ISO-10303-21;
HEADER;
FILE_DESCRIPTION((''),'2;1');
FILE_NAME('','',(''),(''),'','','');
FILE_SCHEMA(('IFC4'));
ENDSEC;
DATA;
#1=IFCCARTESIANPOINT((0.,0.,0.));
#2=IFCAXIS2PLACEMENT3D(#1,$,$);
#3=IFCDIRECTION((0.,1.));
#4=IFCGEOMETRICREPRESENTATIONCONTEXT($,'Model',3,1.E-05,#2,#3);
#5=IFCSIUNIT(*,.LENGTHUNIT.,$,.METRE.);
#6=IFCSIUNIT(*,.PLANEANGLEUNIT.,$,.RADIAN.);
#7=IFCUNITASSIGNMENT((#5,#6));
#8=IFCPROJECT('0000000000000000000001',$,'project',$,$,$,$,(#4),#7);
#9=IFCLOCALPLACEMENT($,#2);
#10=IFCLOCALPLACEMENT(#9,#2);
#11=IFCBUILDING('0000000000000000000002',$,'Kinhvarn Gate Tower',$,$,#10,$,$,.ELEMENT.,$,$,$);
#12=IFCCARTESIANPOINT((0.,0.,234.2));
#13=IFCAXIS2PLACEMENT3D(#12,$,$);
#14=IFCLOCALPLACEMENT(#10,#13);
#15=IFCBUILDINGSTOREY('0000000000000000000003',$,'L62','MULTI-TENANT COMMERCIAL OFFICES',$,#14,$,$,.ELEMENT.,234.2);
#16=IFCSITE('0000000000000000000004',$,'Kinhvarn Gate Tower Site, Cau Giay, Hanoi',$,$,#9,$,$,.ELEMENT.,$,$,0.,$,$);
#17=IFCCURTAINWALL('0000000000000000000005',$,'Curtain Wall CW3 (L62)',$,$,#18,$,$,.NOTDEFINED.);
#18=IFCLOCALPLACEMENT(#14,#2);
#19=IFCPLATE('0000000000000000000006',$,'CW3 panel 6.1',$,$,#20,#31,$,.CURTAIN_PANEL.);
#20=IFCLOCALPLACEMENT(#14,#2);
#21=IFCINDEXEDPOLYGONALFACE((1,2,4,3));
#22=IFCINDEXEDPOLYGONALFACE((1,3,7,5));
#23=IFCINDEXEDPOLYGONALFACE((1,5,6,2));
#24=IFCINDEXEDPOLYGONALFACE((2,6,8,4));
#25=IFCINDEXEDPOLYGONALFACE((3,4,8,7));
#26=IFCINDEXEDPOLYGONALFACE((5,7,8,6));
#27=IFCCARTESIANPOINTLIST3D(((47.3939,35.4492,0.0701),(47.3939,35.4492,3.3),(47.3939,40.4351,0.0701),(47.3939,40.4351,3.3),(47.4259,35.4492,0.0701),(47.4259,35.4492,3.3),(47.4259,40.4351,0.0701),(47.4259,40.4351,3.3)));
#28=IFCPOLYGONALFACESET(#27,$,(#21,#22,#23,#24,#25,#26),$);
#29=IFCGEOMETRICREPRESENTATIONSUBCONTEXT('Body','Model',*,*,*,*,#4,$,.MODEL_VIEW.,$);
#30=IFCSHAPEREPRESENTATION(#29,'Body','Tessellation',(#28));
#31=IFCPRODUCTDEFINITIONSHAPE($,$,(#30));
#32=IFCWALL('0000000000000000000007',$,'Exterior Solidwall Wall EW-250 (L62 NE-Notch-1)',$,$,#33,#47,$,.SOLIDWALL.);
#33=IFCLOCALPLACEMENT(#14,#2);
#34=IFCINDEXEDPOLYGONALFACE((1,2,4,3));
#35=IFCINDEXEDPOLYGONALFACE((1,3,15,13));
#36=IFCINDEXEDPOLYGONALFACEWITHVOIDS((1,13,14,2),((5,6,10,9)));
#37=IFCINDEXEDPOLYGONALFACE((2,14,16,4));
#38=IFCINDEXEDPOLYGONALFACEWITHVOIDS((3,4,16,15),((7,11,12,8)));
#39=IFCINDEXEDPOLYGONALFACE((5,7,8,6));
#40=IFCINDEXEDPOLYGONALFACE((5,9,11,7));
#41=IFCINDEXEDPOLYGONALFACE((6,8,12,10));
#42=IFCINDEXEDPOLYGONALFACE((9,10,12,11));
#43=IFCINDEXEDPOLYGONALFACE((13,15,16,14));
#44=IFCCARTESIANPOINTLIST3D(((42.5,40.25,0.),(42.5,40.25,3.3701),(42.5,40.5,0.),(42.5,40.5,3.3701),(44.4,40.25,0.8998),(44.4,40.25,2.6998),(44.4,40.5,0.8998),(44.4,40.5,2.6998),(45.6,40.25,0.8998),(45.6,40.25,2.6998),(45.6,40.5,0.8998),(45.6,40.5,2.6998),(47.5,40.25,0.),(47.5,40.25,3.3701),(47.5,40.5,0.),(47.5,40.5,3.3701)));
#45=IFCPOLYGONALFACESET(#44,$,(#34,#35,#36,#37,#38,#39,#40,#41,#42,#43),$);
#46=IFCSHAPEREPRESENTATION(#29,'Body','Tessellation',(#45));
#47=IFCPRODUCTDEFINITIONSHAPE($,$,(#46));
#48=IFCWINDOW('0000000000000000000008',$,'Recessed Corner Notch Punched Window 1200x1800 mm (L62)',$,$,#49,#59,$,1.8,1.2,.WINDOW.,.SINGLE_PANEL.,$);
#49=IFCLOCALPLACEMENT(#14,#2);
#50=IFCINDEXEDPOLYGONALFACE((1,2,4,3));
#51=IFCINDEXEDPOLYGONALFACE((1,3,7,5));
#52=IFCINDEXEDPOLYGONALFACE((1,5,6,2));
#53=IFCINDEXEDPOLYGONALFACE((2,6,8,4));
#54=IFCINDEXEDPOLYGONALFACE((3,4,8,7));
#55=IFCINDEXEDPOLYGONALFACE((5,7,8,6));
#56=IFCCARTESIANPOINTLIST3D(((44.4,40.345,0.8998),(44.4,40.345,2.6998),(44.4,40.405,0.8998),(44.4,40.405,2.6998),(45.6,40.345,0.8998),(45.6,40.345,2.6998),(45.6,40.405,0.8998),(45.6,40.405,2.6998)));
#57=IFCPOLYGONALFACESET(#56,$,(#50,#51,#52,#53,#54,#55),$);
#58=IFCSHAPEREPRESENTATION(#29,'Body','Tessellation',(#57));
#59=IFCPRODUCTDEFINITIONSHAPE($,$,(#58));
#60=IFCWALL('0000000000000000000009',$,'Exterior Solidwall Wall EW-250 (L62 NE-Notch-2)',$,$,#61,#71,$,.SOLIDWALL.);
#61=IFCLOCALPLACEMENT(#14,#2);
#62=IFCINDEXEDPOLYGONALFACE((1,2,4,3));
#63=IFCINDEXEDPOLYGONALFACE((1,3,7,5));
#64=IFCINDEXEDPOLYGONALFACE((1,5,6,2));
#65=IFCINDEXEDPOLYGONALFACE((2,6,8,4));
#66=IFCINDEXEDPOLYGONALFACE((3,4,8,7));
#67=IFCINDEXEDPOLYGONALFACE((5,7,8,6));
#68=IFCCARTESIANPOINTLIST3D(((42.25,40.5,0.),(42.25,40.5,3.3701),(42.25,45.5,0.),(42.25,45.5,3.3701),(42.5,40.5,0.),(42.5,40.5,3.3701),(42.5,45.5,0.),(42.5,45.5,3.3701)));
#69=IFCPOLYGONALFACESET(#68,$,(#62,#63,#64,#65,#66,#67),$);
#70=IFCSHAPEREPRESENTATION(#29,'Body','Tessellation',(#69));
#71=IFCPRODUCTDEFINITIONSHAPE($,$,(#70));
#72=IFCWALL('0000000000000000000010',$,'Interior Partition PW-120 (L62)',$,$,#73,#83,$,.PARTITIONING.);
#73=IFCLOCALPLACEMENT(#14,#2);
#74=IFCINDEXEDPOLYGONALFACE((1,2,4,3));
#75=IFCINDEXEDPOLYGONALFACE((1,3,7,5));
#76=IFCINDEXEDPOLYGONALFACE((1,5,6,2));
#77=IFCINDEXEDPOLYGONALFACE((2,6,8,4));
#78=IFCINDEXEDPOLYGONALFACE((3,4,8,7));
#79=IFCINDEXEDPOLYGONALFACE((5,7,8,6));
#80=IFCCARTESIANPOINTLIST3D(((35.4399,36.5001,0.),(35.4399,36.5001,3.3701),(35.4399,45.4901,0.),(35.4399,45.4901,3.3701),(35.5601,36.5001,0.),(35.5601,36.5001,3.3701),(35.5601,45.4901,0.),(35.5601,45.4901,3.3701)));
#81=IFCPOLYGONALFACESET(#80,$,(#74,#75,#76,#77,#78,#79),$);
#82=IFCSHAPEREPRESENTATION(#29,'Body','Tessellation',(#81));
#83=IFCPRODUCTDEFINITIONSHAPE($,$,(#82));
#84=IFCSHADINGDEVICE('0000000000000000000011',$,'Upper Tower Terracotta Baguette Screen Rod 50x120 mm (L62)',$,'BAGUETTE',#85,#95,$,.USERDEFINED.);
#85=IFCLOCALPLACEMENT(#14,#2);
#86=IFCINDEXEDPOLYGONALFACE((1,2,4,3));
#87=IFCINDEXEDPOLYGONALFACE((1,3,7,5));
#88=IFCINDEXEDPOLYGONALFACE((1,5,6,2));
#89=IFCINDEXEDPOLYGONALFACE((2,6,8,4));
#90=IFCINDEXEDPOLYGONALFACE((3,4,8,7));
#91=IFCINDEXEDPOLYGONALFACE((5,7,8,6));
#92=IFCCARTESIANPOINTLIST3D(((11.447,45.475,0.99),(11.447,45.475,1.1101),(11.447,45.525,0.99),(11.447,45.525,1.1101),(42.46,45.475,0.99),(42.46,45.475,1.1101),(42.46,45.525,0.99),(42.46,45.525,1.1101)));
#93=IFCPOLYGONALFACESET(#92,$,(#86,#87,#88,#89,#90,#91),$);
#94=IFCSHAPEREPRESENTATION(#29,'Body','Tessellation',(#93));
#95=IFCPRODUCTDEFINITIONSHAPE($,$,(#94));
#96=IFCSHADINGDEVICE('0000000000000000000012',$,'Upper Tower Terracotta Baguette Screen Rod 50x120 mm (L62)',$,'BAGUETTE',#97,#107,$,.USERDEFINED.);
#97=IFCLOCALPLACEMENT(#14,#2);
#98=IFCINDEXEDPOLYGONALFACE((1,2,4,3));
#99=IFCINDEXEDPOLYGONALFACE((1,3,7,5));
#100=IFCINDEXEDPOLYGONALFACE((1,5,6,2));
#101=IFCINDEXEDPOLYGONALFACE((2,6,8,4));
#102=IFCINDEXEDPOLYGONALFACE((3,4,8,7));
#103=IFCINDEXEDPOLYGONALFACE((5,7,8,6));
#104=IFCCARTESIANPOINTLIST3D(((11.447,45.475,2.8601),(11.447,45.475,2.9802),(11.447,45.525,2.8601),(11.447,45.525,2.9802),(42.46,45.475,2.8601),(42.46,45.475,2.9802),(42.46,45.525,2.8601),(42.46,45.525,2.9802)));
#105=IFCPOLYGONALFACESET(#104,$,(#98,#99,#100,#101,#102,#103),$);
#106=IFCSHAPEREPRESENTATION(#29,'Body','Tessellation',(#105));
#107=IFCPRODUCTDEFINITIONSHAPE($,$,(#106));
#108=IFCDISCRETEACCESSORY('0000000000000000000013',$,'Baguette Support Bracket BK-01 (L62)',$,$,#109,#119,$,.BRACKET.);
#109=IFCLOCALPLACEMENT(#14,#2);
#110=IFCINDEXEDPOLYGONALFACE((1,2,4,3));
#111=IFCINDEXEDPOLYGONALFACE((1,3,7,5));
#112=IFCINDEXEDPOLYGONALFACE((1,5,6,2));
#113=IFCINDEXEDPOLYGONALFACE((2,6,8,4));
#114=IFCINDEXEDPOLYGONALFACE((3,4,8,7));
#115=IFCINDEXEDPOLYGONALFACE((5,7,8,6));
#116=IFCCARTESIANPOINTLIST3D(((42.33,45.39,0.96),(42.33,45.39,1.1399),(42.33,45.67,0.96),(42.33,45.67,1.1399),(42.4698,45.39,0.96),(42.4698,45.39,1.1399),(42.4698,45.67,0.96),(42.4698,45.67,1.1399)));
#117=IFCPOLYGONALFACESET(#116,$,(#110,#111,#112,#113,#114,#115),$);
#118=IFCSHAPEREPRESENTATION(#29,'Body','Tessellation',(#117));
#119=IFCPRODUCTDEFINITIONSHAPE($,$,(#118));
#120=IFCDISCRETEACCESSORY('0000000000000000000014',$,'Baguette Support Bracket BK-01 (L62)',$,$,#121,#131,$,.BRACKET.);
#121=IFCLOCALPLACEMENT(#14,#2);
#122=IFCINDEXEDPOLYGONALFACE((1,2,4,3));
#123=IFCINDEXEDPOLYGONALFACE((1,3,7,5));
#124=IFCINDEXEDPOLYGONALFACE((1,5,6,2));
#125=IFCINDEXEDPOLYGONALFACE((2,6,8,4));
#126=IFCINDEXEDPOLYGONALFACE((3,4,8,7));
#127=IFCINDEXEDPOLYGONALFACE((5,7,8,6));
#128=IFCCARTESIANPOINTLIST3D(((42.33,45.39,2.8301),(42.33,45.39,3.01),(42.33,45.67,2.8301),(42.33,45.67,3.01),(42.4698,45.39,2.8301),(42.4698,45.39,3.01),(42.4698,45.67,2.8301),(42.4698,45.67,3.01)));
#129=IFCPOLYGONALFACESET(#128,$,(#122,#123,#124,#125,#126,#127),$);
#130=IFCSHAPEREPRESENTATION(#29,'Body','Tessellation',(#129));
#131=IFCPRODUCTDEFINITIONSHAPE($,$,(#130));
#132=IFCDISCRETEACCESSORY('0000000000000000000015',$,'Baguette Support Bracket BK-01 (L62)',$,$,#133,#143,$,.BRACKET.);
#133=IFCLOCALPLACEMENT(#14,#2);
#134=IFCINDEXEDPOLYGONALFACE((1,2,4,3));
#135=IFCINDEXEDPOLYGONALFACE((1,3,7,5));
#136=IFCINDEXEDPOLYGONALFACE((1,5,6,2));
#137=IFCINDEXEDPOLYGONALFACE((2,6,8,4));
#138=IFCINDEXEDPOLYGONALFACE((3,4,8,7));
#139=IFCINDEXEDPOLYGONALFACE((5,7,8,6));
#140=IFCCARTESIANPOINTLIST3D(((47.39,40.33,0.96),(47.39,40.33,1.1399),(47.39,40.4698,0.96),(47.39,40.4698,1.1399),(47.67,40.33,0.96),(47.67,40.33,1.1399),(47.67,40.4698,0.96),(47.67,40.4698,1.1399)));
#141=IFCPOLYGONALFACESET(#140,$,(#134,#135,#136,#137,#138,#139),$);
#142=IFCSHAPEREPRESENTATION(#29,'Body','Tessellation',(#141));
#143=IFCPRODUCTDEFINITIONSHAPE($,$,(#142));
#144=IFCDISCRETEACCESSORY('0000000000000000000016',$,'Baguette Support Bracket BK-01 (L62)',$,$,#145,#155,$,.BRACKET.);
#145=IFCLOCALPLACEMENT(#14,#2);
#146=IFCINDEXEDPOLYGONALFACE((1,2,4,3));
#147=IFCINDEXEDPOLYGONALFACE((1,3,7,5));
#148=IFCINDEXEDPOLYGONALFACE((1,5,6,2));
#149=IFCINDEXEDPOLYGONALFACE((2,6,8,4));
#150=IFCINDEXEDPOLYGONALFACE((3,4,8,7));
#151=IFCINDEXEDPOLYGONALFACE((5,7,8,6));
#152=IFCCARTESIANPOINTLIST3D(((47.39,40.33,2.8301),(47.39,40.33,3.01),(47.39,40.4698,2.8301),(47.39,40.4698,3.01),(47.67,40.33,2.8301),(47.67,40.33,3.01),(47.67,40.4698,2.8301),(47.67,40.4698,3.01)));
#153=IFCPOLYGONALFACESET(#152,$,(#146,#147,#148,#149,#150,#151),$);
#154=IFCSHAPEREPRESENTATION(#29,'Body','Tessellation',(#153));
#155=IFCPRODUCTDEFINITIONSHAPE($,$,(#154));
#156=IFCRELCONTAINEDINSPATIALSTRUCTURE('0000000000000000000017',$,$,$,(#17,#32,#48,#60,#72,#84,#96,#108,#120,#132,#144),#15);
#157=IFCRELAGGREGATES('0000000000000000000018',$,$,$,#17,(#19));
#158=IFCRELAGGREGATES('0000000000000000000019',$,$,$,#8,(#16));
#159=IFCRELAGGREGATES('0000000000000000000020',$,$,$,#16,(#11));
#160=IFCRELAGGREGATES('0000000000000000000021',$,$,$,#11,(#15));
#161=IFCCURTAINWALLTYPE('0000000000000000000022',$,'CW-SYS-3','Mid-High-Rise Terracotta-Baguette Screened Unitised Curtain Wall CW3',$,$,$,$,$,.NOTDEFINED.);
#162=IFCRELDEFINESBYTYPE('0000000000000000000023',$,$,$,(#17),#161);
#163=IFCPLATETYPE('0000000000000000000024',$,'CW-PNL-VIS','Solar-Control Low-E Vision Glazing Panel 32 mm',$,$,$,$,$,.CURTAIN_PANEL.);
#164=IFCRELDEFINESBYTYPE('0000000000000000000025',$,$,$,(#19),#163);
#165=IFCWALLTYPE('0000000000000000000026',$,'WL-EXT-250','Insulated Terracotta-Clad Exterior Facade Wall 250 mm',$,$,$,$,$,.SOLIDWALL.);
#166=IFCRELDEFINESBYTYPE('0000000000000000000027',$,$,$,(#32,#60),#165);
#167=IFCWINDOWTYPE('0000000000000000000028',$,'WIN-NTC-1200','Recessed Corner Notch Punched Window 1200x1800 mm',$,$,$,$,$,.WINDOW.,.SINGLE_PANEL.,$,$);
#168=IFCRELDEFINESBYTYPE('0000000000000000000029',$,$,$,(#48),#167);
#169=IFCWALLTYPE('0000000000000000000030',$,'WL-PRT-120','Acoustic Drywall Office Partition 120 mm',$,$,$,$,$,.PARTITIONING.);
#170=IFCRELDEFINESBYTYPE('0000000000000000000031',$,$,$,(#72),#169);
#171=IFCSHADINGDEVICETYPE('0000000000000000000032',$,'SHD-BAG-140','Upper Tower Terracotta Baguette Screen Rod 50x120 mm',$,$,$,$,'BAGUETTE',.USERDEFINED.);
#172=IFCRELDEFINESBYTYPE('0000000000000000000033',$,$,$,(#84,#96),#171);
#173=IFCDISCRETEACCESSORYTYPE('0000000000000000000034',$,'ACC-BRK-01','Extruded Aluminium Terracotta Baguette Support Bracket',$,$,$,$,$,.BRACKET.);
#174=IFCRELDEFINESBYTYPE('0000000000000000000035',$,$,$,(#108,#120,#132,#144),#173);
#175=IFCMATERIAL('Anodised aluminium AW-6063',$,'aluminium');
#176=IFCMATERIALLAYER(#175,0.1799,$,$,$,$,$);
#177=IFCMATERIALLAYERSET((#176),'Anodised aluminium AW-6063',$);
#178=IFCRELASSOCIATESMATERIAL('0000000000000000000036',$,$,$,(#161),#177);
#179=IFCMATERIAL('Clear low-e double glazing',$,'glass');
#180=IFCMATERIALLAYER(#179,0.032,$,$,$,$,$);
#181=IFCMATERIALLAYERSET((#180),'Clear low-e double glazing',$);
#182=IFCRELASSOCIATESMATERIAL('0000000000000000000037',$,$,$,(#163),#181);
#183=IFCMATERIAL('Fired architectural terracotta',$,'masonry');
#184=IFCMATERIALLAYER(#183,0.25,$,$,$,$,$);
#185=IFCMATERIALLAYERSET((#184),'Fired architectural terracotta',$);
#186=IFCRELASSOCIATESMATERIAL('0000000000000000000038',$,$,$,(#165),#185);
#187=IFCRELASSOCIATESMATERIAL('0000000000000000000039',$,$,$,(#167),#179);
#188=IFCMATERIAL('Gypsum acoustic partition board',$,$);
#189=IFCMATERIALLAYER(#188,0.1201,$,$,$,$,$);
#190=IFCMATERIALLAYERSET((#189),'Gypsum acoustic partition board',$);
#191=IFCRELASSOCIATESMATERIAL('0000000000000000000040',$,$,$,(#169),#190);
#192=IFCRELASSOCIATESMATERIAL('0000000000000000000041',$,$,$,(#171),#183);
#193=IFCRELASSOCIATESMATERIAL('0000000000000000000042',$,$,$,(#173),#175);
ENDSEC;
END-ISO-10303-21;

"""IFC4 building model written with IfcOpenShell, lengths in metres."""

from ifc_helpers import new_model, si_unit, direction, frame, frame_2d, origin, origin_2d, place, context, subcontext, project, spatial, rectangle, extrude, material, layer, layer_set, material_profile, profile_set, type_object, element, fill, aggregate, save


model = new_model("IFC4")

# Units and contexts
model_context = context("Model", 3, precision=1e-05, world=origin(), true_north=direction((0.0, 1.0)))
body_context = subcontext(model_context, "Body", "Model", "MODEL_VIEW")
ifc_project = project(units=[si_unit("LENGTHUNIT", "METRE"), si_unit("PLANEANGLEUNIT", "RADIAN")], contexts=[model_context])

# Site, building, storey
site_placement = place(None, origin())
site = spatial("IfcSite", under=ifc_project, at=site_placement, Name="Kinhvarn Gate Tower Site, Cau Giay, Hanoi", CompositionType="ELEMENT", RefElevation=0.0)
building_placement = place(site_placement, origin())
building = spatial("IfcBuilding", under=site, at=building_placement, Name="Kinhvarn Gate Tower", CompositionType="ELEMENT")
storey_placement = place(building_placement, frame((0.0, 0.0, 234.2)))
storey = spatial("IfcBuildingStorey", under=building, at=storey_placement, Name="L62", Description="MULTI-TENANT COMMERCIAL OFFICES", CompositionType="ELEMENT", Elevation=234.2)

# Shared definitions
ifc_material_1 = material(Name="Anodised aluminium AW-6063", Category="aluminium")
ifc_layer_1 = layer(ifc_material_1, 0.1799)
ifc_layer_set_1 = layer_set([ifc_layer_1], Name="Anodised aluminium AW-6063")
curtain_wall_type = type_object("IfcCurtainWallType", Name="CW-SYS-3", Description="Mid-High-Rise Terracotta-Baguette Screened Unitised Curtain Wall CW3", PredefinedType="NOTDEFINED", material=ifc_layer_set_1)

# Curtain wall
curtain_wall_1_placement = place(storey_placement, origin())
curtain_wall_1 = element("IfcCurtainWall", 1, at=curtain_wall_1_placement, inside=storey, type_object=curtain_wall_type, Name="Curtain Wall CW3 (L62)", PredefinedType="NOTDEFINED")

# Plate
ifc_material_2 = material(Name="Clear low-e double glazing", Category="glass")
ifc_layer_2 = layer(ifc_material_2, 0.032)
ifc_layer_set_2 = layer_set([ifc_layer_2], Name="Clear low-e double glazing")
plate_type = type_object("IfcPlateType", Name="CW-PNL-VIS", Description="Solar-Control Low-E Vision Glazing Panel 32 mm", PredefinedType="CURTAIN_PANEL", material=ifc_layer_set_2)
plate_1_placement = place(storey_placement, frame((47.4099, 37.9421, 0.0701), z_axis=(0.0, 0.0, 1.0), x_axis=(0.0, 1.0, 0.0)))
plate_1 = element("IfcPlate", 2, at=plate_1_placement, type_object=plate_type, Name="CW3 panel 6.1", PredefinedType="CURTAIN_PANEL", context=body_context, shape_type="SweptSolid", body=[
    extrude(rectangle(XDim=4.9858, YDim=0.032, at=origin_2d()), origin(), (0.0, 0.0, 1.0), 3.23),
])
aggregate(curtain_wall_1, [plate_1])

# Wall, opening, window
ifc_material_3 = material(Name="Fired architectural terracotta", Category="masonry")
ifc_layer_3 = layer(ifc_material_3, 0.25)
ifc_layer_set_3 = layer_set([ifc_layer_3], Name="Fired architectural terracotta")
wall_type_1 = type_object("IfcWallType", Name="WL-EXT-250", Description="Insulated Terracotta-Clad Exterior Facade Wall 250 mm", PredefinedType="SOLIDWALL", material=ifc_layer_set_3)
wall_1_placement = place(storey_placement, frame((47.5, 40.375, 0.0), z_axis=(0.0, 0.0, 1.0), x_axis=(-1.0, 0.0, 0.0)))
wall_1 = element("IfcWall", 3, at=wall_1_placement, inside=storey, type_object=wall_type_1, Name="Exterior Solidwall Wall EW-250 (L62 NE-Notch-1)", PredefinedType="SOLIDWALL", context=body_context, shape_type="SweptSolid", body=[
    extrude(rectangle(XDim=5.0, YDim=0.25, at=frame_2d((2.5, 0.0))), origin(), (0.0, 0.0, 1.0), 3.3701),
])
opening_placement = place(wall_1_placement, frame((1.8999, 0.0, 0.8999)))
opening = element("IfcOpeningElement", 4, at=opening_placement, cuts=wall_1, PredefinedType="OPENING", context=body_context, shape_type="SweptSolid", body=[
    extrude(rectangle(XDim=1.2, YDim=1.8, at=frame_2d((0.6001, 0.8999))), frame((0.0, 0.135, 0.0), z_axis=(0.0, -1.0, 0.0), x_axis=(1.0, 0.0, 0.0)), (0.0, 0.0, 1.0), 0.27),
])
window_type = type_object("IfcWindowType", Name="WIN-NTC-1200", Description="Recessed Corner Notch Punched Window 1200x1800 mm", PartitioningType="SINGLE_PANEL", PredefinedType="WINDOW", material=ifc_material_2)
window_placement = place(opening_placement, origin())
window = element("IfcWindow", 5, at=window_placement, inside=storey, type_object=window_type, Name="Recessed Corner Notch Punched Window 1200x1800 mm (L62)", OverallHeight=1.8, OverallWidth=1.2, PartitioningType="SINGLE_PANEL", PredefinedType="WINDOW", context=body_context, shape_type="SweptSolid", body=[
    extrude(rectangle(XDim=1.2, YDim=1.8, at=frame_2d((0.6001, 0.8999))), frame((0.0, 0.03, 0.0), z_axis=(0.0, -1.0, 0.0), x_axis=(1.0, 0.0, 0.0)), (0.0, 0.0, 1.0), 0.0601),
])
fill(opening, window)

# Walls
wall_2_placement = place(storey_placement, frame((42.375, 40.5, 0.0), z_axis=(0.0, 0.0, 1.0), x_axis=(0.0, 1.0, 0.0)))
element("IfcWall", 6, at=wall_2_placement, inside=storey, type_object=wall_type_1, Name="Exterior Solidwall Wall EW-250 (L62 NE-Notch-2)", PredefinedType="SOLIDWALL", context=body_context, shape_type="SweptSolid", body=[
    extrude(rectangle(XDim=5.0, YDim=0.25, at=frame_2d((2.5, 0.0))), origin(), (0.0, 0.0, 1.0), 3.3701),
])
ifc_material_4 = material(Name="Gypsum acoustic partition board")
ifc_layer_4 = layer(ifc_material_4, 0.1201)
ifc_layer_set_4 = layer_set([ifc_layer_4], Name="Gypsum acoustic partition board")
wall_type_2 = type_object("IfcWallType", Name="WL-PRT-120", Description="Acoustic Drywall Office Partition 120 mm", PredefinedType="PARTITIONING", material=ifc_layer_set_4)
wall_3_placement = place(storey_placement, frame((35.5, 36.5, 0.0), z_axis=(0.0, 0.0, 1.0), x_axis=(0.0, 1.0, 0.0)))
element("IfcWall", 7, at=wall_3_placement, inside=storey, type_object=wall_type_2, Name="Interior Partition PW-120 (L62)", PredefinedType="PARTITIONING", context=body_context, shape_type="SweptSolid", body=[
    extrude(rectangle(XDim=8.99, YDim=0.1201, at=frame_2d((4.4951, 0.0))), origin(), (0.0, 0.0, 1.0), 3.3701),
])

# Shading devices
ifc_material_profile_1 = material_profile(ifc_material_3, rectangle(XDim=0.05, YDim=0.1201, at=origin_2d()), Name="TC 50x120")
ifc_profile_set_1 = profile_set([ifc_material_profile_1], Name="Fired architectural terracotta")
shading_device_type = type_object("IfcShadingDeviceType", Name="SHD-BAG-140", Description="Upper Tower Terracotta Baguette Screen Rod 50x120 mm", ElementType="BAGUETTE", PredefinedType="USERDEFINED", material=ifc_profile_set_1)
for number, where, z_axis, x_axis, name in (
    (8, (42.46, 45.5, 1.05), (-1.0, 0.0, 0.0), (0.0, -1.0, 0.0), "Upper Tower Terracotta Baguette Screen Rod 50x120 mm (L62)"),
    (9, (42.46, 45.5, 2.9202), (-1.0, 0.0, 0.0), (0.0, -1.0, 0.0), "Upper Tower Terracotta Baguette Screen Rod 50x120 mm (L62)"),
):
    element("IfcShadingDevice", number, at=place(storey_placement, frame(where, z_axis=z_axis, x_axis=x_axis)), inside=storey, type_object=shading_device_type, Name=name, ObjectType="BAGUETTE", PredefinedType="USERDEFINED", context=body_context, shape_type="SweptSolid", body=[
        extrude(rectangle(XDim=0.05, YDim=0.1201, at=origin_2d()), origin(), (0.0, 0.0, 1.0), 31.0129),
    ])

# Discrete accessories
discrete_accessory_type = type_object("IfcDiscreteAccessoryType", Name="ACC-BRK-01", Description="Extruded Aluminium Terracotta Baguette Support Bracket", PredefinedType="BRACKET", material=ifc_material_1)
for number, where, z_axis, x_axis, name in (
    (10, (42.3999, 45.53, 0.96), (0.0, 0.0, 1.0), (-1.0, 0.0, 0.0), "Baguette Support Bracket BK-01 (L62)"),
    (11, (42.3999, 45.53, 2.8301), (0.0, 0.0, 1.0), (-1.0, 0.0, 0.0), "Baguette Support Bracket BK-01 (L62)"),
    (12, (47.53, 40.3999, 0.96), (0.0, 0.0, 1.0), (0.0, 1.0, 0.0), "Baguette Support Bracket BK-01 (L62)"),
    (13, (47.53, 40.3999, 2.8301), (0.0, 0.0, 1.0), (0.0, 1.0, 0.0), "Baguette Support Bracket BK-01 (L62)"),
):
    element("IfcDiscreteAccessory", number, at=place(storey_placement, frame(where, z_axis=z_axis, x_axis=x_axis)), inside=storey, type_object=discrete_accessory_type, Name=name, PredefinedType="BRACKET", context=body_context, shape_type="SweptSolid", body=[
        extrude(rectangle(XDim=0.1399, YDim=0.28, at=origin_2d()), origin(), (0.0, 0.0, 1.0), 0.1799),
    ])

save(model, "model.ifc")
